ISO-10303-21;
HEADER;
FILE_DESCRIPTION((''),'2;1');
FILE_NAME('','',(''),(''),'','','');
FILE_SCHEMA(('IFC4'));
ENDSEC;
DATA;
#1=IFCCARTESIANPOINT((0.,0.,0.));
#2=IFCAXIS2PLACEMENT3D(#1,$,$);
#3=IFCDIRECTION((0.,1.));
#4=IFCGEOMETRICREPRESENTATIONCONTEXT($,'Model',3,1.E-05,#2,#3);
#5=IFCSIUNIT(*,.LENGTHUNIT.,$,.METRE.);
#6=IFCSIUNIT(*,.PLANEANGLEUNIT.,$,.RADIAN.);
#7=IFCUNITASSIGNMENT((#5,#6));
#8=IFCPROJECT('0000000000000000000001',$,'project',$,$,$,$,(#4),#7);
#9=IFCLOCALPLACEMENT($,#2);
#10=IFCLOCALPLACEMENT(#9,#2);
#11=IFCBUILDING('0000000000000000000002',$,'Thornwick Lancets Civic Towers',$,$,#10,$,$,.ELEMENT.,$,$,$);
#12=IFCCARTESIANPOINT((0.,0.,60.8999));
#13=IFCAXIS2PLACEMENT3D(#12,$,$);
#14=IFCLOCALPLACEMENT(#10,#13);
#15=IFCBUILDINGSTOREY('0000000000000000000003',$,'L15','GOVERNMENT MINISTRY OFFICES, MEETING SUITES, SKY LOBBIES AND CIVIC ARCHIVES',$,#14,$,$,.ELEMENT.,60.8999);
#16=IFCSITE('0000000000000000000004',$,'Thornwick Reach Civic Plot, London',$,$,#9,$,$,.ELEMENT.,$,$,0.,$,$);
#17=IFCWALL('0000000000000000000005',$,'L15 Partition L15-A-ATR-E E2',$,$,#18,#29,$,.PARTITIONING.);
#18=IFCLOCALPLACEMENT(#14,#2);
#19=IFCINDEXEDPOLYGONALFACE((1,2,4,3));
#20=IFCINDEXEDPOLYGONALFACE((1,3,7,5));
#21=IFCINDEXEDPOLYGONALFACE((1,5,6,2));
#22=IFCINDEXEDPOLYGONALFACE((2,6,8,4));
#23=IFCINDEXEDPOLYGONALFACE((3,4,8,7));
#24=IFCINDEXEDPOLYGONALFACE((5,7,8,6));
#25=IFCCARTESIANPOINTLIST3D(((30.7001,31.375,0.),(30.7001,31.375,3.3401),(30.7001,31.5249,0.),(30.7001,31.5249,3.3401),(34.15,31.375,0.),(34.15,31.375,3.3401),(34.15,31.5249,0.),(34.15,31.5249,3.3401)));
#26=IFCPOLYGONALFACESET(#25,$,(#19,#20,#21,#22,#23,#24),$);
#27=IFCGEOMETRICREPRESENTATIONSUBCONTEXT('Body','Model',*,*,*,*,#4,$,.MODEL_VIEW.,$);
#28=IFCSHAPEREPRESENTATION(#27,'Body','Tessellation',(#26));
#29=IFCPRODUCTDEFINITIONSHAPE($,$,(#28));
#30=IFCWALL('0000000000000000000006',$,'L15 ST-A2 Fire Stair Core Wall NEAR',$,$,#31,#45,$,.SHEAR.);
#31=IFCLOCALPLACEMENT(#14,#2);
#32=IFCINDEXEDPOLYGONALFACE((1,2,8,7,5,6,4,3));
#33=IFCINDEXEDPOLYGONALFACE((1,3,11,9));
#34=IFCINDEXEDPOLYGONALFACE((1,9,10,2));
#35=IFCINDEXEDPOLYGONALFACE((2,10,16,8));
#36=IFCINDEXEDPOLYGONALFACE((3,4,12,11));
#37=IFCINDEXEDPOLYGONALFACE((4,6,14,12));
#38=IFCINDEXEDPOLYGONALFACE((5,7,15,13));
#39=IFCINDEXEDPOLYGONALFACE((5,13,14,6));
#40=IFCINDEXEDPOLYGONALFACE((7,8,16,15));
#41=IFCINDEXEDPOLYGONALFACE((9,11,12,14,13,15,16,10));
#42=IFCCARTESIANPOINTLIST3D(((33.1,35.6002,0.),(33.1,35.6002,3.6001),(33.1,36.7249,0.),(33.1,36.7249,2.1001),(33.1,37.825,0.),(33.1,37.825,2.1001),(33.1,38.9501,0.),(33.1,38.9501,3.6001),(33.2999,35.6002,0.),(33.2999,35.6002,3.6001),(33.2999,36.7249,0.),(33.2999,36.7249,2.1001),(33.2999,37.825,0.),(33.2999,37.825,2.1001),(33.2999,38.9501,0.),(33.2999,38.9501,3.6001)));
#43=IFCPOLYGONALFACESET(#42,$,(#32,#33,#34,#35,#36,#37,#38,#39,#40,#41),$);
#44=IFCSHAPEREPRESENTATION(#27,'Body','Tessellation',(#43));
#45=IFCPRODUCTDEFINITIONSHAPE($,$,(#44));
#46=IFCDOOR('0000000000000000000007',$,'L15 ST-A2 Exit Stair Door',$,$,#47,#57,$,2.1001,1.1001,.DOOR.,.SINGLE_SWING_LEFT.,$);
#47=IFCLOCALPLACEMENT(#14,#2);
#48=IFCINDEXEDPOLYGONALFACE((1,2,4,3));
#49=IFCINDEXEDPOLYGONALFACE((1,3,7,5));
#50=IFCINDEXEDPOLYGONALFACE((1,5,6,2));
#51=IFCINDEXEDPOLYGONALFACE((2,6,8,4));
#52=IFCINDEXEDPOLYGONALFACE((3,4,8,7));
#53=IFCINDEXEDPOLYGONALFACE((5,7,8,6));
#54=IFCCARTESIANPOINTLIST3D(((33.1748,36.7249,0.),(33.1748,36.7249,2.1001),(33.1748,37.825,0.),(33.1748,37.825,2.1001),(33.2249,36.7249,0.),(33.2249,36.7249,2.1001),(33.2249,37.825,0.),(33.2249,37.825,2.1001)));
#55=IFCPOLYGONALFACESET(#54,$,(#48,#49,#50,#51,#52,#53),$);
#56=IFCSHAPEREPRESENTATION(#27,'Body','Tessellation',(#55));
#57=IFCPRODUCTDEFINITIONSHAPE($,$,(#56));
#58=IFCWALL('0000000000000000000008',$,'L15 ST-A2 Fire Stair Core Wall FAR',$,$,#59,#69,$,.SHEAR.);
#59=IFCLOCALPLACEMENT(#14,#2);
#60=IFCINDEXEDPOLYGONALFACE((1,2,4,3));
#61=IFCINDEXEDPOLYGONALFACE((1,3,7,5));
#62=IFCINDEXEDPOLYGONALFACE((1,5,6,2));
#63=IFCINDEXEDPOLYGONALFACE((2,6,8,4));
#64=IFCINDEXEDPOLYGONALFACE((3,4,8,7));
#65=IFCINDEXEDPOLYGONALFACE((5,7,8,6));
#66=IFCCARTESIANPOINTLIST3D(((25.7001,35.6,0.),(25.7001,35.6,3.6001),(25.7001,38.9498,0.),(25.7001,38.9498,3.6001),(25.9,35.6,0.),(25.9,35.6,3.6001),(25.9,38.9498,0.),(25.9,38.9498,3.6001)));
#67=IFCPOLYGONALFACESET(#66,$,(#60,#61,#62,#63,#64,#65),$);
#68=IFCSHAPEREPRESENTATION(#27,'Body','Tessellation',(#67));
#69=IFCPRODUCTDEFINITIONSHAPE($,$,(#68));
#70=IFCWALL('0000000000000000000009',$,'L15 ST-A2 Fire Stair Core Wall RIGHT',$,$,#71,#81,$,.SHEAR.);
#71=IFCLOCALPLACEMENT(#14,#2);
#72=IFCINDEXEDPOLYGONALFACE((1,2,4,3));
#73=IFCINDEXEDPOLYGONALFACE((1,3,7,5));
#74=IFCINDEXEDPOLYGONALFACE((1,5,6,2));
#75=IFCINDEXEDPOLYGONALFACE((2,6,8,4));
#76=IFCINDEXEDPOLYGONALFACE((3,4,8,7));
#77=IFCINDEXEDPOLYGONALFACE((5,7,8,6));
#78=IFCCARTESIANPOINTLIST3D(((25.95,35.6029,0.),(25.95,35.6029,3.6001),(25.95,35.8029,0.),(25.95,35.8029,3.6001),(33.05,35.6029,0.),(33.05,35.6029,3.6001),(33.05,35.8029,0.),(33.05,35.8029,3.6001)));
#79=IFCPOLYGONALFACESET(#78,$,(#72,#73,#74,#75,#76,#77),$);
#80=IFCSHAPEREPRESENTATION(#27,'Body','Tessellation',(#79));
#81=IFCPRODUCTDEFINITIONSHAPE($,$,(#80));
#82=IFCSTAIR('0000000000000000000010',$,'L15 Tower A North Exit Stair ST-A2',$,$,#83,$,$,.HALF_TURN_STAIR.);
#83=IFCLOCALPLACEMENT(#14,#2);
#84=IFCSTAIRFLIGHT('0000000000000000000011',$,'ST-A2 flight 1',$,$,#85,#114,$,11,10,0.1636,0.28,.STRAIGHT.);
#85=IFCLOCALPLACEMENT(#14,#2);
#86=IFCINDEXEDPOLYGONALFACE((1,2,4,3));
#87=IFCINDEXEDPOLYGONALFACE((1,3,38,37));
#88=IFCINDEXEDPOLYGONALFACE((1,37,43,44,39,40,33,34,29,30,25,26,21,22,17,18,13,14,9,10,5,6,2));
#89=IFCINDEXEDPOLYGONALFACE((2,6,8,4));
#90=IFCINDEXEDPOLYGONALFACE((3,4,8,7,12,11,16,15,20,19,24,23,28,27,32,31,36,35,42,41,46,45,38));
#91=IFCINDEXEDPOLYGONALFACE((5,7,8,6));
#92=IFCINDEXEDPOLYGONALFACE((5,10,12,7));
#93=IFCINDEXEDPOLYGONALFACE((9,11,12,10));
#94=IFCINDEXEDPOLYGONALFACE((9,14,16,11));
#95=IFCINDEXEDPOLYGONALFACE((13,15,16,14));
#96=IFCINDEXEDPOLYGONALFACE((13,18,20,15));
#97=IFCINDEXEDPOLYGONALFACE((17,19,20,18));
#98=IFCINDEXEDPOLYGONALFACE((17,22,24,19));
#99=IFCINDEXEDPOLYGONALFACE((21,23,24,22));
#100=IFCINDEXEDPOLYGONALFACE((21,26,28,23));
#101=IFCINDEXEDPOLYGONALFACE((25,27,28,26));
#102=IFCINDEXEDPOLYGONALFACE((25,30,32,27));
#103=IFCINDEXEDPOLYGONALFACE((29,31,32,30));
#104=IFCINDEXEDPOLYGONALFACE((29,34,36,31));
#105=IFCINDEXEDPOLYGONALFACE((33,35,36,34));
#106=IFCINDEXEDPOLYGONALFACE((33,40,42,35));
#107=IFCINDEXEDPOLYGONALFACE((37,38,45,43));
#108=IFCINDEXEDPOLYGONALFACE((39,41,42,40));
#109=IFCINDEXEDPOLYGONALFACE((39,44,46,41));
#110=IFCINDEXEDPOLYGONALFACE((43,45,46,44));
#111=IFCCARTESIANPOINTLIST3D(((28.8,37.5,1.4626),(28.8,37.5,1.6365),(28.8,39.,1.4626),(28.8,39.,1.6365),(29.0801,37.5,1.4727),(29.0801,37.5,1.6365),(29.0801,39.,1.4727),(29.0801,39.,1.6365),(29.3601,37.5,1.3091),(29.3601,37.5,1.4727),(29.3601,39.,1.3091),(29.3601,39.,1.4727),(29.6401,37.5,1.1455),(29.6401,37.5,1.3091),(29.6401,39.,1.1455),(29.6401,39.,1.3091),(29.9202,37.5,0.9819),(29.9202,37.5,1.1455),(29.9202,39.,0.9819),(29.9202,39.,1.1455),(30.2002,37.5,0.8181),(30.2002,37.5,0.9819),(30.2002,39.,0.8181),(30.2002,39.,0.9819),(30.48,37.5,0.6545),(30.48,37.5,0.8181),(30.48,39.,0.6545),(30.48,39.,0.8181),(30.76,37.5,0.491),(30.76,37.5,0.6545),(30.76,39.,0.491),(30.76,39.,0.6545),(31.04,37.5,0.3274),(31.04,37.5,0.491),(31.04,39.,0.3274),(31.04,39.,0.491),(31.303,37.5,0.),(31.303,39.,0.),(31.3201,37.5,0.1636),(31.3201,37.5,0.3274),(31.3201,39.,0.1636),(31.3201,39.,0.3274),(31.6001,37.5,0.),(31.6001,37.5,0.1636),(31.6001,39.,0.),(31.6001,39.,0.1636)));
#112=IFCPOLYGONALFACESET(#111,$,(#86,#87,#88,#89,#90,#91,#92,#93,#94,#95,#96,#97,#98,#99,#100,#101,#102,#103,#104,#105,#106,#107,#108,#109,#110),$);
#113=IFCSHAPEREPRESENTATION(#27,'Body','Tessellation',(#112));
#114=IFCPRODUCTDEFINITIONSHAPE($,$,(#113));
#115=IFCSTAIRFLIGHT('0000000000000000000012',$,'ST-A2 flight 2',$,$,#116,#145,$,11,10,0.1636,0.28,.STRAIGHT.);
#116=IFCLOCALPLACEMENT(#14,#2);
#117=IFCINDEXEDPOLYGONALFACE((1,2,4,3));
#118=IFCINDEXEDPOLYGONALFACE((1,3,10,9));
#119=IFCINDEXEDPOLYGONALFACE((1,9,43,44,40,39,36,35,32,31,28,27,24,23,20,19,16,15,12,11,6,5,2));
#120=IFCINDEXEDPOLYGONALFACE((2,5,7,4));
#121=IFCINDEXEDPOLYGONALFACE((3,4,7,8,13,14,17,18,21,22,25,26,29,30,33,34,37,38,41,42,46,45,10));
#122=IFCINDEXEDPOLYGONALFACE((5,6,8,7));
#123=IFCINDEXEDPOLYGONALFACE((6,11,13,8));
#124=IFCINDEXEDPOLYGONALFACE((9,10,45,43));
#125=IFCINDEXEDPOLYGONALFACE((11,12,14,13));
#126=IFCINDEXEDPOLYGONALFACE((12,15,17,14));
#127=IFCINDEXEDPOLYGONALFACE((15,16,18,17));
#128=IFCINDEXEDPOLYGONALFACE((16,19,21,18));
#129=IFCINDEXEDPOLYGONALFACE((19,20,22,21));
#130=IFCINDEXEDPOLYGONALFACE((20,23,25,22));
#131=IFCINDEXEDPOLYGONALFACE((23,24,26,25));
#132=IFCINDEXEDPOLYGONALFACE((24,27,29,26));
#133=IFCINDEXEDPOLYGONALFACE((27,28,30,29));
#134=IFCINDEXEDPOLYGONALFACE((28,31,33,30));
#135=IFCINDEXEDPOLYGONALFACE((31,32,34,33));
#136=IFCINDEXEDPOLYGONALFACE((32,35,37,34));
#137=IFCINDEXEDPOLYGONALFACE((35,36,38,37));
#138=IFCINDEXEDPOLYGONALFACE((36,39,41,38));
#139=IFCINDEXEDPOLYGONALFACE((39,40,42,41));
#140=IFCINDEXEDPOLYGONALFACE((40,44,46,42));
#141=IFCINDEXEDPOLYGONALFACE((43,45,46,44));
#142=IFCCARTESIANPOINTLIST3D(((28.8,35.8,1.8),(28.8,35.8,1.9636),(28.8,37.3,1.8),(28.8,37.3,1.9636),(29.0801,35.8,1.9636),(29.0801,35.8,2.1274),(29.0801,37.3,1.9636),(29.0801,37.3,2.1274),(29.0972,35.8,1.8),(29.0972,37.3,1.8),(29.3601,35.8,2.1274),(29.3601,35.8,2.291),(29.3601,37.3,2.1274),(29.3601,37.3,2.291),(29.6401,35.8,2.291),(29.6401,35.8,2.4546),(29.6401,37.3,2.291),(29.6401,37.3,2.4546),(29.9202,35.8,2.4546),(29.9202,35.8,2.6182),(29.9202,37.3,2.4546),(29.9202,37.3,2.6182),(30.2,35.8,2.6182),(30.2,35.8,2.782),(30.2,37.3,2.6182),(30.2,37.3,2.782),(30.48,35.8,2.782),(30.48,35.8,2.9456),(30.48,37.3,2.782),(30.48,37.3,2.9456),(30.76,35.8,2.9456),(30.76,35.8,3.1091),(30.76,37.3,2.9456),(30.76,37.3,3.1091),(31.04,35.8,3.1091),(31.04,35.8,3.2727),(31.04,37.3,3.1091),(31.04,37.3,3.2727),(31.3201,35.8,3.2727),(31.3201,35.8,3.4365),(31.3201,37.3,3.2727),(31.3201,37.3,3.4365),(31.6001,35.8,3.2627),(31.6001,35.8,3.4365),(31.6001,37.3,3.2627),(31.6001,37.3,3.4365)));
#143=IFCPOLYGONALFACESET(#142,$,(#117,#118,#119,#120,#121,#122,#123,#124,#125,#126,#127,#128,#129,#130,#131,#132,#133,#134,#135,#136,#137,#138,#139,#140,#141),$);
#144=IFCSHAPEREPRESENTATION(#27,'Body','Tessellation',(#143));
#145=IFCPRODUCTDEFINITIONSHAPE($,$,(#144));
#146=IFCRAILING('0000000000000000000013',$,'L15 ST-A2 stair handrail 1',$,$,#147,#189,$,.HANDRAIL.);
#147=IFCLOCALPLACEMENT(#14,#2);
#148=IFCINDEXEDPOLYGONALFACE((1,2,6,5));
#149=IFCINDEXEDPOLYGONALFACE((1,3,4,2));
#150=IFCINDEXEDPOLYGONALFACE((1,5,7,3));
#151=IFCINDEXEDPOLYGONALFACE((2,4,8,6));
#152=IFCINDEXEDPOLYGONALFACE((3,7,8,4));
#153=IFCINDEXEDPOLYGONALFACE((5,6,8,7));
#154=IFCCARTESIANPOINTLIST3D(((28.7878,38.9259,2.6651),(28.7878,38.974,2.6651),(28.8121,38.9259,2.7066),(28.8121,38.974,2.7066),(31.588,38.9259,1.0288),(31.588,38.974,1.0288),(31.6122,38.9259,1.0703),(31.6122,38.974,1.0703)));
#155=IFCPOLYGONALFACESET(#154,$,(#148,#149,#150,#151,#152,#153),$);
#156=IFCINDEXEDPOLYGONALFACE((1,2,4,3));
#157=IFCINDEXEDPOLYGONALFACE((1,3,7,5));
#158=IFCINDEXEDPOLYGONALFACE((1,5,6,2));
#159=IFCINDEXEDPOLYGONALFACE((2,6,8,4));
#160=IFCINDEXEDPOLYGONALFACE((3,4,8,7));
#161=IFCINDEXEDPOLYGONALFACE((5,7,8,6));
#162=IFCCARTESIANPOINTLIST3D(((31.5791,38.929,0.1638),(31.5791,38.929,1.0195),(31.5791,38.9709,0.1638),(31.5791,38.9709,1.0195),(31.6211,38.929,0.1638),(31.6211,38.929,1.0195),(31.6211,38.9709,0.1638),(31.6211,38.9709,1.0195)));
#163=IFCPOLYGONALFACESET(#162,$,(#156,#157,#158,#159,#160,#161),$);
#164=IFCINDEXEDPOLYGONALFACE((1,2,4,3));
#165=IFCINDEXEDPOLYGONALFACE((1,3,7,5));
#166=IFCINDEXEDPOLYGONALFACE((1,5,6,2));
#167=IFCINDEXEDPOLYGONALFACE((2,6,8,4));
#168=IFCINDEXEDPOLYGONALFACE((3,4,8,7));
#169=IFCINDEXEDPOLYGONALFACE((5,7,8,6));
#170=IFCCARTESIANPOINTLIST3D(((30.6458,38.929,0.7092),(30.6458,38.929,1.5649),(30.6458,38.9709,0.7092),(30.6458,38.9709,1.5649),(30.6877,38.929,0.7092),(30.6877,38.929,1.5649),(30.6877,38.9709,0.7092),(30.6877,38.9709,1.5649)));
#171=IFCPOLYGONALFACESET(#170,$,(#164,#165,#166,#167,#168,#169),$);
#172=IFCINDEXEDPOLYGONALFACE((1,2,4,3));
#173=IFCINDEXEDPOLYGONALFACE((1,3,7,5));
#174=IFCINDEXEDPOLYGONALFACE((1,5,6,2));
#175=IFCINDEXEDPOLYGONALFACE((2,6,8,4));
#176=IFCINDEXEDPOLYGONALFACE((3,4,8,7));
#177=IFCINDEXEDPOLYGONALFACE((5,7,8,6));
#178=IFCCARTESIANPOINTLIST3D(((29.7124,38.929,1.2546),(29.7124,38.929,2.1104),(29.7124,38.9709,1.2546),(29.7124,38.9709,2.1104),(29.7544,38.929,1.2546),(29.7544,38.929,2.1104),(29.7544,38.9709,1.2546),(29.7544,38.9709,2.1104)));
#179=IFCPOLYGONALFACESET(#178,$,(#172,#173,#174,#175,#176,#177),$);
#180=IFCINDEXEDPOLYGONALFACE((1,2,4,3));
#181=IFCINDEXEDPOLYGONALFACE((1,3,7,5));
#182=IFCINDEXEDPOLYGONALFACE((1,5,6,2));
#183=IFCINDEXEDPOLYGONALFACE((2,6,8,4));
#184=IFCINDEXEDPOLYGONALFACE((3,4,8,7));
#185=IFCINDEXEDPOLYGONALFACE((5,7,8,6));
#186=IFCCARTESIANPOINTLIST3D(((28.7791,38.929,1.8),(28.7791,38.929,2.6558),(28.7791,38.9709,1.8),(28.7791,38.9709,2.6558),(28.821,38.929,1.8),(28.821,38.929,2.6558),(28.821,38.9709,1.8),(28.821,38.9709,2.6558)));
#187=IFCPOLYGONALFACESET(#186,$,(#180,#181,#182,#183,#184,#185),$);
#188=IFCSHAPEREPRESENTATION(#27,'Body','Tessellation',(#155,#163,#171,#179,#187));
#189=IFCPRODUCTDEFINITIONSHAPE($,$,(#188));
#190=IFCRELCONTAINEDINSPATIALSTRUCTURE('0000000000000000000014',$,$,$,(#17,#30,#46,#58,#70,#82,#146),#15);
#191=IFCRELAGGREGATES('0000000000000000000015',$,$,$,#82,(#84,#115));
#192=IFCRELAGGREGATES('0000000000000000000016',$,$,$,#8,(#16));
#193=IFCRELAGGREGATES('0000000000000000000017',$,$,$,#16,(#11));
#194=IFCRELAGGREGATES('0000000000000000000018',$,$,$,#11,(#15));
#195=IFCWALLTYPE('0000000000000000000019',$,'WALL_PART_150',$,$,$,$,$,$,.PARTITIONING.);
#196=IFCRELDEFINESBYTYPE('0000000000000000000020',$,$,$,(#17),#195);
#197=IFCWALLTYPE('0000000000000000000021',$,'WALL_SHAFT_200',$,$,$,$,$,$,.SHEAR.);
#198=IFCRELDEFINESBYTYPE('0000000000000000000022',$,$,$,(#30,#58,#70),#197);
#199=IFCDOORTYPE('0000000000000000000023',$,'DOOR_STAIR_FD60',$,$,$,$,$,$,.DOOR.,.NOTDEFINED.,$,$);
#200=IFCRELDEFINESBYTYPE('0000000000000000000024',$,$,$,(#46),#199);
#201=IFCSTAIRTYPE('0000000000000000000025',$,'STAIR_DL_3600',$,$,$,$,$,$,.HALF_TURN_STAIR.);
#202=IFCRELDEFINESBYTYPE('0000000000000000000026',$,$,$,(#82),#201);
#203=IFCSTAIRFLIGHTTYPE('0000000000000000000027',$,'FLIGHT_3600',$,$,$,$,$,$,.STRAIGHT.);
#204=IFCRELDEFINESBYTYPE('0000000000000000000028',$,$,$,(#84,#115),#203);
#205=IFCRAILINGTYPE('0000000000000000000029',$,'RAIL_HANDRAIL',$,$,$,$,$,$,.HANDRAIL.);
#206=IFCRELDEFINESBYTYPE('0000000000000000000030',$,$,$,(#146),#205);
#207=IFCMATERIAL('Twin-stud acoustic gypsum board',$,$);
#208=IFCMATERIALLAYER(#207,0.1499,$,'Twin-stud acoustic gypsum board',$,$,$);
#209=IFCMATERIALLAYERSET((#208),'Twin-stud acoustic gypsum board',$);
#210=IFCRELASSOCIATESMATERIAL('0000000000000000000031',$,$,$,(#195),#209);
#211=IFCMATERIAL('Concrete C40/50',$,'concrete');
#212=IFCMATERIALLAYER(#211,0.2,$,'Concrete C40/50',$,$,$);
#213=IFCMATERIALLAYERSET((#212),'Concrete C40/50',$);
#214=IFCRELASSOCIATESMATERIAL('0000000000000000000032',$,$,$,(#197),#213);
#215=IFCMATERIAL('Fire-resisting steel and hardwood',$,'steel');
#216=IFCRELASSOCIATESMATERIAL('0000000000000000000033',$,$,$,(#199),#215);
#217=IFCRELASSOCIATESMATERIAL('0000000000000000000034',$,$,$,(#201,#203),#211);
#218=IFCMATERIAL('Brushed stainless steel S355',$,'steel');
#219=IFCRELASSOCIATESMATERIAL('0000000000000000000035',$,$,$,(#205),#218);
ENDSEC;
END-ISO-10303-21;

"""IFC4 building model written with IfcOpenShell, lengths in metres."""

from ifc_helpers import new_model, si_unit, direction, frame, frame_2d, origin, origin_2d, place, context, subcontext, project, spatial, polyline, rectangle, outline, extrude, material, layer, layer_set, type_object, element, fill, aggregate, save


model = new_model("IFC4")

# Units and contexts
model_context = context("Model", 3, precision=1e-05, world=origin(), true_north=direction((0.0, 1.0)))
body_context = subcontext(model_context, "Body", "Model", "MODEL_VIEW")
ifc_project = project(units=[si_unit("LENGTHUNIT", "METRE"), si_unit("PLANEANGLEUNIT", "RADIAN")], contexts=[model_context])

# Site, building, storey
site_placement = place(None, origin())
site = spatial("IfcSite", under=ifc_project, at=site_placement, Name="Thornwick Reach Civic Plot, London", CompositionType="ELEMENT", RefElevation=0.0)
building_placement = place(site_placement, origin())
building = spatial("IfcBuilding", under=site, at=building_placement, Name="Thornwick Lancets Civic Towers", CompositionType="ELEMENT")
storey_placement = place(building_placement, frame((0.0, 0.0, 60.8999)))
storey = spatial("IfcBuildingStorey", under=building, at=storey_placement, Name="L15", Description="GOVERNMENT MINISTRY OFFICES, MEETING SUITES, SKY LOBBIES AND CIVIC ARCHIVES", CompositionType="ELEMENT", Elevation=60.8999)

# Shared definitions
ifc_material_1 = material(Name="Concrete C40/50", Category="concrete")

# Wall
ifc_material_2 = material(Name="Twin-stud acoustic gypsum board")
ifc_layer_1 = layer(ifc_material_2, 0.1499, Name="Twin-stud acoustic gypsum board")
ifc_layer_set_1 = layer_set([ifc_layer_1], Name="Twin-stud acoustic gypsum board")
wall_type_1 = type_object("IfcWallType", Name="WALL_PART_150", PredefinedType="PARTITIONING", material=ifc_layer_set_1)
wall_1_placement = place(storey_placement, frame((30.7, 31.45, 0.0), z_axis=(0.0, 0.0, 1.0), x_axis=(1.0, 0.0, 0.0)))
element("IfcWall", 1, at=wall_1_placement, inside=storey, type_object=wall_type_1, Name="L15 Partition L15-A-ATR-E E2", PredefinedType="PARTITIONING", context=body_context, shape_type="SweptSolid", body=[
    extrude(rectangle(XDim=3.45, YDim=0.1499, at=frame_2d((1.7251, 0.0))), origin(), (0.0, 0.0, 1.0), 3.3401),
])

# Wall, opening, door
ifc_layer_2 = layer(ifc_material_1, 0.2, Name="Concrete C40/50")
ifc_layer_set_2 = layer_set([ifc_layer_2], Name="Concrete C40/50")
wall_type_2 = type_object("IfcWallType", Name="WALL_SHAFT_200", PredefinedType="SHEAR", material=ifc_layer_set_2)
wall_2_placement = place(storey_placement, frame((33.2, 38.95, 0.0), z_axis=(0.0, 0.0, 1.0), x_axis=(0.0, -1.0, 0.0)))
wall_2 = element("IfcWall", 2, at=wall_2_placement, inside=storey, type_object=wall_type_2, Name="L15 ST-A2 Fire Stair Core Wall NEAR", PredefinedType="SHEAR", context=body_context, shape_type="SweptSolid", body=[
    extrude(rectangle(XDim=3.3499, YDim=0.2, at=frame_2d((1.6748, 0.0))), origin(), (0.0, 0.0, 1.0), 3.6001),
])
opening_1_placement = place(wall_2_placement, frame((1.125, 0.0, 0.0)))
opening_1 = element("IfcOpeningElement", 3, at=opening_1_placement, cuts=wall_2, PredefinedType="OPENING", context=body_context, shape_type="SweptSolid", body=[
    extrude(rectangle(XDim=1.1001, YDim=2.1001, at=frame_2d((0.55, 1.05))), frame((0.0, 0.1099, 0.0), z_axis=(0.0, -1.0, 0.0), x_axis=(1.0, 0.0, 0.0)), (0.0, 0.0, 1.0), 0.22),
])
ifc_material_3 = material(Name="Fire-resisting steel and hardwood", Category="steel")
door_type_1 = type_object("IfcDoorType", Name="DOOR_STAIR_FD60", OperationType="NOTDEFINED", PredefinedType="DOOR", material=ifc_material_3)
door_1_placement = place(opening_1_placement, origin())
door_1 = element("IfcDoor", 4, at=door_1_placement, inside=storey, type_object=door_type_1, Name="L15 ST-A2 Exit Stair Door", OperationType="SINGLE_SWING_LEFT", OverallHeight=2.1001, OverallWidth=1.1001, PredefinedType="DOOR", context=body_context, shape_type="SweptSolid", body=[
    extrude(rectangle(XDim=1.1001, YDim=2.1001, at=frame_2d((0.55, 1.05))), frame((0.0, 0.0249, 0.0), z_axis=(0.0, -1.0, 0.0), x_axis=(1.0, 0.0, 0.0)), (0.0, 0.0, 1.0), 0.05),
])
fill(opening_1, door_1)

# Walls
wall_3_placement = place(storey_placement, frame((25.8, 35.6001, 0.0), z_axis=(0.0, 0.0, 1.0), x_axis=(0.0, 1.0, 0.0)))
element("IfcWall", 5, at=wall_3_placement, inside=storey, type_object=wall_type_2, Name="L15 ST-A2 Fire Stair Core Wall FAR", PredefinedType="SHEAR", context=body_context, shape_type="SweptSolid", body=[
    extrude(rectangle(XDim=3.3499, YDim=0.2, at=frame_2d((1.6748, 0.0))), origin(), (0.0, 0.0, 1.0), 3.6001),
])
wall_4_placement = place(storey_placement, frame((25.95, 35.7029, 0.0), z_axis=(0.0, 0.0, 1.0), x_axis=(1.0, 0.0, 0.0)))
element("IfcWall", 6, at=wall_4_placement, inside=storey, type_object=wall_type_2, Name="L15 ST-A2 Fire Stair Core Wall RIGHT", PredefinedType="SHEAR", context=body_context, shape_type="SweptSolid", body=[
    extrude(rectangle(XDim=7.1001, YDim=0.2, at=frame_2d((3.55, 0.0))), origin(), (0.0, 0.0, 1.0), 3.6001),
])

# Stair, stair flights
stair_type = type_object("IfcStairType", Name="STAIR_DL_3600", PredefinedType="HALF_TURN_STAIR", material=ifc_material_1)
stair_placement = place(storey_placement, origin())
stair = element("IfcStair", 7, at=stair_placement, inside=storey, type_object=stair_type, Name="L15 Tower A North Exit Stair ST-A2", PredefinedType="HALF_TURN_STAIR")
stair_flight_type = type_object("IfcStairFlightType", Name="FLIGHT_3600", PredefinedType="STRAIGHT", material=ifc_material_1)
stair_flight_1_placement = place(storey_placement, frame((31.6001, 38.25, 0.0), z_axis=(0.0, 0.0, 1.0), x_axis=(-1.0, 0.0, 0.0)))
stair_flight_1 = element("IfcStairFlight", 8, at=stair_flight_1_placement, type_object=stair_flight_type, Name="ST-A2 flight 1", NumberOfRisers=11, NumberOfTreads=10, PredefinedType="STRAIGHT", RiserHeight=0.1636, TreadLength=0.28, context=body_context, shape_type="SweptSolid", body=[
    extrude(outline(polyline([(0.0, 0.0), (0.0, 0.1636), (0.28, 0.1636), (0.28, 0.3274), (0.5601, 0.3274), (0.5601, 0.491), (0.8401, 0.491), (0.8401, 0.6545), (1.1201, 0.6545), (1.1201, 0.8181), (1.3999, 0.8181), (1.3999, 0.9819), (1.6799, 0.9819), (1.6799, 1.1455), (1.96, 1.1455), (1.96, 1.3091), (2.24, 1.3091), (2.24, 1.4727), (2.52, 1.4727), (2.52, 1.6365), (2.8, 1.6365), (2.8, 1.8), (2.8, 1.4626), (0.2971, 0.0), (0.0, 0.0)])), frame((0.0, 0.75, 0.0), z_axis=(0.0, -1.0, 0.0), x_axis=(1.0, 0.0, 0.0)), (0.0, 0.0, 1.0), 1.5),
])
stair_flight_2_placement = place(storey_placement, frame((28.8, 36.55, 1.8), z_axis=(0.0, 0.0, 1.0), x_axis=(1.0, 0.0, 0.0)))
stair_flight_2 = element("IfcStairFlight", 9, at=stair_flight_2_placement, type_object=stair_flight_type, Name="ST-A2 flight 2", NumberOfRisers=11, NumberOfTreads=10, PredefinedType="STRAIGHT", RiserHeight=0.1636, TreadLength=0.28, context=body_context, shape_type="SweptSolid", body=[
    extrude(outline(polyline([(0.0, 0.0), (0.0, 0.1636), (0.28, 0.1636), (0.28, 0.3274), (0.5601, 0.3274), (0.5601, 0.491), (0.8401, 0.491), (0.8401, 0.6545), (1.1201, 0.6545), (1.1201, 0.8181), (1.3999, 0.8181), (1.3999, 0.9819), (1.6799, 0.9819), (1.6799, 1.1455), (1.96, 1.1455), (1.96, 1.3091), (2.24, 1.3091), (2.24, 1.4727), (2.52, 1.4727), (2.52, 1.6365), (2.8, 1.6365), (2.8, 1.8), (2.8, 1.4626), (0.2971, 0.0), (0.0, 0.0)])), frame((0.0, 0.75, 0.0), z_axis=(0.0, -1.0, 0.0), x_axis=(1.0, 0.0, 0.0)), (0.0, 0.0, 1.0), 1.5),
])
aggregate(stair, [stair_flight_1, stair_flight_2])

# Railing
ifc_material_4 = material(Name="Brushed stainless steel S355", Category="steel")
railing_type_1 = type_object("IfcRailingType", Name="RAIL_HANDRAIL", PredefinedType="HANDRAIL", material=ifc_material_4)
railing_1_placement = place(storey_placement, frame((31.6001, 38.95, 0.1638)))
element("IfcRailing", 10, at=railing_1_placement, inside=storey, type_object=railing_type_1, Name="L15 ST-A2 stair handrail 1", PredefinedType="HANDRAIL", context=body_context, shape_type="SweptSolid", body=[
    extrude(rectangle(XDim=0.0481, YDim=0.0481, at=origin_2d()), frame((0.0, 0.0, 0.8857), z_axis=(-0.863394, 0.0, 0.504531), x_axis=(0.0, -1.0, 0.0)), (0.0, 0.0, 1.0), 3.2432),
    extrude(rectangle(XDim=0.042, YDim=0.042, at=origin_2d()), origin(), (0.0, 0.0, 1.0), 0.8557),
    extrude(rectangle(XDim=0.042, YDim=0.042, at=origin_2d()), frame((-0.9333, 0.0, 0.5454)), (0.0, 0.0, 1.0), 0.8557),
    extrude(rectangle(XDim=0.042, YDim=0.042, at=origin_2d()), frame((-1.8667, 0.0, 1.0908)), (0.0, 0.0, 1.0), 0.8557),
    extrude(rectangle(XDim=0.042, YDim=0.042, at=origin_2d()), frame((-2.8, 0.0, 1.6362)), (0.0, 0.0, 1.0), 0.8557),
])

save(model, "model.ifc")
